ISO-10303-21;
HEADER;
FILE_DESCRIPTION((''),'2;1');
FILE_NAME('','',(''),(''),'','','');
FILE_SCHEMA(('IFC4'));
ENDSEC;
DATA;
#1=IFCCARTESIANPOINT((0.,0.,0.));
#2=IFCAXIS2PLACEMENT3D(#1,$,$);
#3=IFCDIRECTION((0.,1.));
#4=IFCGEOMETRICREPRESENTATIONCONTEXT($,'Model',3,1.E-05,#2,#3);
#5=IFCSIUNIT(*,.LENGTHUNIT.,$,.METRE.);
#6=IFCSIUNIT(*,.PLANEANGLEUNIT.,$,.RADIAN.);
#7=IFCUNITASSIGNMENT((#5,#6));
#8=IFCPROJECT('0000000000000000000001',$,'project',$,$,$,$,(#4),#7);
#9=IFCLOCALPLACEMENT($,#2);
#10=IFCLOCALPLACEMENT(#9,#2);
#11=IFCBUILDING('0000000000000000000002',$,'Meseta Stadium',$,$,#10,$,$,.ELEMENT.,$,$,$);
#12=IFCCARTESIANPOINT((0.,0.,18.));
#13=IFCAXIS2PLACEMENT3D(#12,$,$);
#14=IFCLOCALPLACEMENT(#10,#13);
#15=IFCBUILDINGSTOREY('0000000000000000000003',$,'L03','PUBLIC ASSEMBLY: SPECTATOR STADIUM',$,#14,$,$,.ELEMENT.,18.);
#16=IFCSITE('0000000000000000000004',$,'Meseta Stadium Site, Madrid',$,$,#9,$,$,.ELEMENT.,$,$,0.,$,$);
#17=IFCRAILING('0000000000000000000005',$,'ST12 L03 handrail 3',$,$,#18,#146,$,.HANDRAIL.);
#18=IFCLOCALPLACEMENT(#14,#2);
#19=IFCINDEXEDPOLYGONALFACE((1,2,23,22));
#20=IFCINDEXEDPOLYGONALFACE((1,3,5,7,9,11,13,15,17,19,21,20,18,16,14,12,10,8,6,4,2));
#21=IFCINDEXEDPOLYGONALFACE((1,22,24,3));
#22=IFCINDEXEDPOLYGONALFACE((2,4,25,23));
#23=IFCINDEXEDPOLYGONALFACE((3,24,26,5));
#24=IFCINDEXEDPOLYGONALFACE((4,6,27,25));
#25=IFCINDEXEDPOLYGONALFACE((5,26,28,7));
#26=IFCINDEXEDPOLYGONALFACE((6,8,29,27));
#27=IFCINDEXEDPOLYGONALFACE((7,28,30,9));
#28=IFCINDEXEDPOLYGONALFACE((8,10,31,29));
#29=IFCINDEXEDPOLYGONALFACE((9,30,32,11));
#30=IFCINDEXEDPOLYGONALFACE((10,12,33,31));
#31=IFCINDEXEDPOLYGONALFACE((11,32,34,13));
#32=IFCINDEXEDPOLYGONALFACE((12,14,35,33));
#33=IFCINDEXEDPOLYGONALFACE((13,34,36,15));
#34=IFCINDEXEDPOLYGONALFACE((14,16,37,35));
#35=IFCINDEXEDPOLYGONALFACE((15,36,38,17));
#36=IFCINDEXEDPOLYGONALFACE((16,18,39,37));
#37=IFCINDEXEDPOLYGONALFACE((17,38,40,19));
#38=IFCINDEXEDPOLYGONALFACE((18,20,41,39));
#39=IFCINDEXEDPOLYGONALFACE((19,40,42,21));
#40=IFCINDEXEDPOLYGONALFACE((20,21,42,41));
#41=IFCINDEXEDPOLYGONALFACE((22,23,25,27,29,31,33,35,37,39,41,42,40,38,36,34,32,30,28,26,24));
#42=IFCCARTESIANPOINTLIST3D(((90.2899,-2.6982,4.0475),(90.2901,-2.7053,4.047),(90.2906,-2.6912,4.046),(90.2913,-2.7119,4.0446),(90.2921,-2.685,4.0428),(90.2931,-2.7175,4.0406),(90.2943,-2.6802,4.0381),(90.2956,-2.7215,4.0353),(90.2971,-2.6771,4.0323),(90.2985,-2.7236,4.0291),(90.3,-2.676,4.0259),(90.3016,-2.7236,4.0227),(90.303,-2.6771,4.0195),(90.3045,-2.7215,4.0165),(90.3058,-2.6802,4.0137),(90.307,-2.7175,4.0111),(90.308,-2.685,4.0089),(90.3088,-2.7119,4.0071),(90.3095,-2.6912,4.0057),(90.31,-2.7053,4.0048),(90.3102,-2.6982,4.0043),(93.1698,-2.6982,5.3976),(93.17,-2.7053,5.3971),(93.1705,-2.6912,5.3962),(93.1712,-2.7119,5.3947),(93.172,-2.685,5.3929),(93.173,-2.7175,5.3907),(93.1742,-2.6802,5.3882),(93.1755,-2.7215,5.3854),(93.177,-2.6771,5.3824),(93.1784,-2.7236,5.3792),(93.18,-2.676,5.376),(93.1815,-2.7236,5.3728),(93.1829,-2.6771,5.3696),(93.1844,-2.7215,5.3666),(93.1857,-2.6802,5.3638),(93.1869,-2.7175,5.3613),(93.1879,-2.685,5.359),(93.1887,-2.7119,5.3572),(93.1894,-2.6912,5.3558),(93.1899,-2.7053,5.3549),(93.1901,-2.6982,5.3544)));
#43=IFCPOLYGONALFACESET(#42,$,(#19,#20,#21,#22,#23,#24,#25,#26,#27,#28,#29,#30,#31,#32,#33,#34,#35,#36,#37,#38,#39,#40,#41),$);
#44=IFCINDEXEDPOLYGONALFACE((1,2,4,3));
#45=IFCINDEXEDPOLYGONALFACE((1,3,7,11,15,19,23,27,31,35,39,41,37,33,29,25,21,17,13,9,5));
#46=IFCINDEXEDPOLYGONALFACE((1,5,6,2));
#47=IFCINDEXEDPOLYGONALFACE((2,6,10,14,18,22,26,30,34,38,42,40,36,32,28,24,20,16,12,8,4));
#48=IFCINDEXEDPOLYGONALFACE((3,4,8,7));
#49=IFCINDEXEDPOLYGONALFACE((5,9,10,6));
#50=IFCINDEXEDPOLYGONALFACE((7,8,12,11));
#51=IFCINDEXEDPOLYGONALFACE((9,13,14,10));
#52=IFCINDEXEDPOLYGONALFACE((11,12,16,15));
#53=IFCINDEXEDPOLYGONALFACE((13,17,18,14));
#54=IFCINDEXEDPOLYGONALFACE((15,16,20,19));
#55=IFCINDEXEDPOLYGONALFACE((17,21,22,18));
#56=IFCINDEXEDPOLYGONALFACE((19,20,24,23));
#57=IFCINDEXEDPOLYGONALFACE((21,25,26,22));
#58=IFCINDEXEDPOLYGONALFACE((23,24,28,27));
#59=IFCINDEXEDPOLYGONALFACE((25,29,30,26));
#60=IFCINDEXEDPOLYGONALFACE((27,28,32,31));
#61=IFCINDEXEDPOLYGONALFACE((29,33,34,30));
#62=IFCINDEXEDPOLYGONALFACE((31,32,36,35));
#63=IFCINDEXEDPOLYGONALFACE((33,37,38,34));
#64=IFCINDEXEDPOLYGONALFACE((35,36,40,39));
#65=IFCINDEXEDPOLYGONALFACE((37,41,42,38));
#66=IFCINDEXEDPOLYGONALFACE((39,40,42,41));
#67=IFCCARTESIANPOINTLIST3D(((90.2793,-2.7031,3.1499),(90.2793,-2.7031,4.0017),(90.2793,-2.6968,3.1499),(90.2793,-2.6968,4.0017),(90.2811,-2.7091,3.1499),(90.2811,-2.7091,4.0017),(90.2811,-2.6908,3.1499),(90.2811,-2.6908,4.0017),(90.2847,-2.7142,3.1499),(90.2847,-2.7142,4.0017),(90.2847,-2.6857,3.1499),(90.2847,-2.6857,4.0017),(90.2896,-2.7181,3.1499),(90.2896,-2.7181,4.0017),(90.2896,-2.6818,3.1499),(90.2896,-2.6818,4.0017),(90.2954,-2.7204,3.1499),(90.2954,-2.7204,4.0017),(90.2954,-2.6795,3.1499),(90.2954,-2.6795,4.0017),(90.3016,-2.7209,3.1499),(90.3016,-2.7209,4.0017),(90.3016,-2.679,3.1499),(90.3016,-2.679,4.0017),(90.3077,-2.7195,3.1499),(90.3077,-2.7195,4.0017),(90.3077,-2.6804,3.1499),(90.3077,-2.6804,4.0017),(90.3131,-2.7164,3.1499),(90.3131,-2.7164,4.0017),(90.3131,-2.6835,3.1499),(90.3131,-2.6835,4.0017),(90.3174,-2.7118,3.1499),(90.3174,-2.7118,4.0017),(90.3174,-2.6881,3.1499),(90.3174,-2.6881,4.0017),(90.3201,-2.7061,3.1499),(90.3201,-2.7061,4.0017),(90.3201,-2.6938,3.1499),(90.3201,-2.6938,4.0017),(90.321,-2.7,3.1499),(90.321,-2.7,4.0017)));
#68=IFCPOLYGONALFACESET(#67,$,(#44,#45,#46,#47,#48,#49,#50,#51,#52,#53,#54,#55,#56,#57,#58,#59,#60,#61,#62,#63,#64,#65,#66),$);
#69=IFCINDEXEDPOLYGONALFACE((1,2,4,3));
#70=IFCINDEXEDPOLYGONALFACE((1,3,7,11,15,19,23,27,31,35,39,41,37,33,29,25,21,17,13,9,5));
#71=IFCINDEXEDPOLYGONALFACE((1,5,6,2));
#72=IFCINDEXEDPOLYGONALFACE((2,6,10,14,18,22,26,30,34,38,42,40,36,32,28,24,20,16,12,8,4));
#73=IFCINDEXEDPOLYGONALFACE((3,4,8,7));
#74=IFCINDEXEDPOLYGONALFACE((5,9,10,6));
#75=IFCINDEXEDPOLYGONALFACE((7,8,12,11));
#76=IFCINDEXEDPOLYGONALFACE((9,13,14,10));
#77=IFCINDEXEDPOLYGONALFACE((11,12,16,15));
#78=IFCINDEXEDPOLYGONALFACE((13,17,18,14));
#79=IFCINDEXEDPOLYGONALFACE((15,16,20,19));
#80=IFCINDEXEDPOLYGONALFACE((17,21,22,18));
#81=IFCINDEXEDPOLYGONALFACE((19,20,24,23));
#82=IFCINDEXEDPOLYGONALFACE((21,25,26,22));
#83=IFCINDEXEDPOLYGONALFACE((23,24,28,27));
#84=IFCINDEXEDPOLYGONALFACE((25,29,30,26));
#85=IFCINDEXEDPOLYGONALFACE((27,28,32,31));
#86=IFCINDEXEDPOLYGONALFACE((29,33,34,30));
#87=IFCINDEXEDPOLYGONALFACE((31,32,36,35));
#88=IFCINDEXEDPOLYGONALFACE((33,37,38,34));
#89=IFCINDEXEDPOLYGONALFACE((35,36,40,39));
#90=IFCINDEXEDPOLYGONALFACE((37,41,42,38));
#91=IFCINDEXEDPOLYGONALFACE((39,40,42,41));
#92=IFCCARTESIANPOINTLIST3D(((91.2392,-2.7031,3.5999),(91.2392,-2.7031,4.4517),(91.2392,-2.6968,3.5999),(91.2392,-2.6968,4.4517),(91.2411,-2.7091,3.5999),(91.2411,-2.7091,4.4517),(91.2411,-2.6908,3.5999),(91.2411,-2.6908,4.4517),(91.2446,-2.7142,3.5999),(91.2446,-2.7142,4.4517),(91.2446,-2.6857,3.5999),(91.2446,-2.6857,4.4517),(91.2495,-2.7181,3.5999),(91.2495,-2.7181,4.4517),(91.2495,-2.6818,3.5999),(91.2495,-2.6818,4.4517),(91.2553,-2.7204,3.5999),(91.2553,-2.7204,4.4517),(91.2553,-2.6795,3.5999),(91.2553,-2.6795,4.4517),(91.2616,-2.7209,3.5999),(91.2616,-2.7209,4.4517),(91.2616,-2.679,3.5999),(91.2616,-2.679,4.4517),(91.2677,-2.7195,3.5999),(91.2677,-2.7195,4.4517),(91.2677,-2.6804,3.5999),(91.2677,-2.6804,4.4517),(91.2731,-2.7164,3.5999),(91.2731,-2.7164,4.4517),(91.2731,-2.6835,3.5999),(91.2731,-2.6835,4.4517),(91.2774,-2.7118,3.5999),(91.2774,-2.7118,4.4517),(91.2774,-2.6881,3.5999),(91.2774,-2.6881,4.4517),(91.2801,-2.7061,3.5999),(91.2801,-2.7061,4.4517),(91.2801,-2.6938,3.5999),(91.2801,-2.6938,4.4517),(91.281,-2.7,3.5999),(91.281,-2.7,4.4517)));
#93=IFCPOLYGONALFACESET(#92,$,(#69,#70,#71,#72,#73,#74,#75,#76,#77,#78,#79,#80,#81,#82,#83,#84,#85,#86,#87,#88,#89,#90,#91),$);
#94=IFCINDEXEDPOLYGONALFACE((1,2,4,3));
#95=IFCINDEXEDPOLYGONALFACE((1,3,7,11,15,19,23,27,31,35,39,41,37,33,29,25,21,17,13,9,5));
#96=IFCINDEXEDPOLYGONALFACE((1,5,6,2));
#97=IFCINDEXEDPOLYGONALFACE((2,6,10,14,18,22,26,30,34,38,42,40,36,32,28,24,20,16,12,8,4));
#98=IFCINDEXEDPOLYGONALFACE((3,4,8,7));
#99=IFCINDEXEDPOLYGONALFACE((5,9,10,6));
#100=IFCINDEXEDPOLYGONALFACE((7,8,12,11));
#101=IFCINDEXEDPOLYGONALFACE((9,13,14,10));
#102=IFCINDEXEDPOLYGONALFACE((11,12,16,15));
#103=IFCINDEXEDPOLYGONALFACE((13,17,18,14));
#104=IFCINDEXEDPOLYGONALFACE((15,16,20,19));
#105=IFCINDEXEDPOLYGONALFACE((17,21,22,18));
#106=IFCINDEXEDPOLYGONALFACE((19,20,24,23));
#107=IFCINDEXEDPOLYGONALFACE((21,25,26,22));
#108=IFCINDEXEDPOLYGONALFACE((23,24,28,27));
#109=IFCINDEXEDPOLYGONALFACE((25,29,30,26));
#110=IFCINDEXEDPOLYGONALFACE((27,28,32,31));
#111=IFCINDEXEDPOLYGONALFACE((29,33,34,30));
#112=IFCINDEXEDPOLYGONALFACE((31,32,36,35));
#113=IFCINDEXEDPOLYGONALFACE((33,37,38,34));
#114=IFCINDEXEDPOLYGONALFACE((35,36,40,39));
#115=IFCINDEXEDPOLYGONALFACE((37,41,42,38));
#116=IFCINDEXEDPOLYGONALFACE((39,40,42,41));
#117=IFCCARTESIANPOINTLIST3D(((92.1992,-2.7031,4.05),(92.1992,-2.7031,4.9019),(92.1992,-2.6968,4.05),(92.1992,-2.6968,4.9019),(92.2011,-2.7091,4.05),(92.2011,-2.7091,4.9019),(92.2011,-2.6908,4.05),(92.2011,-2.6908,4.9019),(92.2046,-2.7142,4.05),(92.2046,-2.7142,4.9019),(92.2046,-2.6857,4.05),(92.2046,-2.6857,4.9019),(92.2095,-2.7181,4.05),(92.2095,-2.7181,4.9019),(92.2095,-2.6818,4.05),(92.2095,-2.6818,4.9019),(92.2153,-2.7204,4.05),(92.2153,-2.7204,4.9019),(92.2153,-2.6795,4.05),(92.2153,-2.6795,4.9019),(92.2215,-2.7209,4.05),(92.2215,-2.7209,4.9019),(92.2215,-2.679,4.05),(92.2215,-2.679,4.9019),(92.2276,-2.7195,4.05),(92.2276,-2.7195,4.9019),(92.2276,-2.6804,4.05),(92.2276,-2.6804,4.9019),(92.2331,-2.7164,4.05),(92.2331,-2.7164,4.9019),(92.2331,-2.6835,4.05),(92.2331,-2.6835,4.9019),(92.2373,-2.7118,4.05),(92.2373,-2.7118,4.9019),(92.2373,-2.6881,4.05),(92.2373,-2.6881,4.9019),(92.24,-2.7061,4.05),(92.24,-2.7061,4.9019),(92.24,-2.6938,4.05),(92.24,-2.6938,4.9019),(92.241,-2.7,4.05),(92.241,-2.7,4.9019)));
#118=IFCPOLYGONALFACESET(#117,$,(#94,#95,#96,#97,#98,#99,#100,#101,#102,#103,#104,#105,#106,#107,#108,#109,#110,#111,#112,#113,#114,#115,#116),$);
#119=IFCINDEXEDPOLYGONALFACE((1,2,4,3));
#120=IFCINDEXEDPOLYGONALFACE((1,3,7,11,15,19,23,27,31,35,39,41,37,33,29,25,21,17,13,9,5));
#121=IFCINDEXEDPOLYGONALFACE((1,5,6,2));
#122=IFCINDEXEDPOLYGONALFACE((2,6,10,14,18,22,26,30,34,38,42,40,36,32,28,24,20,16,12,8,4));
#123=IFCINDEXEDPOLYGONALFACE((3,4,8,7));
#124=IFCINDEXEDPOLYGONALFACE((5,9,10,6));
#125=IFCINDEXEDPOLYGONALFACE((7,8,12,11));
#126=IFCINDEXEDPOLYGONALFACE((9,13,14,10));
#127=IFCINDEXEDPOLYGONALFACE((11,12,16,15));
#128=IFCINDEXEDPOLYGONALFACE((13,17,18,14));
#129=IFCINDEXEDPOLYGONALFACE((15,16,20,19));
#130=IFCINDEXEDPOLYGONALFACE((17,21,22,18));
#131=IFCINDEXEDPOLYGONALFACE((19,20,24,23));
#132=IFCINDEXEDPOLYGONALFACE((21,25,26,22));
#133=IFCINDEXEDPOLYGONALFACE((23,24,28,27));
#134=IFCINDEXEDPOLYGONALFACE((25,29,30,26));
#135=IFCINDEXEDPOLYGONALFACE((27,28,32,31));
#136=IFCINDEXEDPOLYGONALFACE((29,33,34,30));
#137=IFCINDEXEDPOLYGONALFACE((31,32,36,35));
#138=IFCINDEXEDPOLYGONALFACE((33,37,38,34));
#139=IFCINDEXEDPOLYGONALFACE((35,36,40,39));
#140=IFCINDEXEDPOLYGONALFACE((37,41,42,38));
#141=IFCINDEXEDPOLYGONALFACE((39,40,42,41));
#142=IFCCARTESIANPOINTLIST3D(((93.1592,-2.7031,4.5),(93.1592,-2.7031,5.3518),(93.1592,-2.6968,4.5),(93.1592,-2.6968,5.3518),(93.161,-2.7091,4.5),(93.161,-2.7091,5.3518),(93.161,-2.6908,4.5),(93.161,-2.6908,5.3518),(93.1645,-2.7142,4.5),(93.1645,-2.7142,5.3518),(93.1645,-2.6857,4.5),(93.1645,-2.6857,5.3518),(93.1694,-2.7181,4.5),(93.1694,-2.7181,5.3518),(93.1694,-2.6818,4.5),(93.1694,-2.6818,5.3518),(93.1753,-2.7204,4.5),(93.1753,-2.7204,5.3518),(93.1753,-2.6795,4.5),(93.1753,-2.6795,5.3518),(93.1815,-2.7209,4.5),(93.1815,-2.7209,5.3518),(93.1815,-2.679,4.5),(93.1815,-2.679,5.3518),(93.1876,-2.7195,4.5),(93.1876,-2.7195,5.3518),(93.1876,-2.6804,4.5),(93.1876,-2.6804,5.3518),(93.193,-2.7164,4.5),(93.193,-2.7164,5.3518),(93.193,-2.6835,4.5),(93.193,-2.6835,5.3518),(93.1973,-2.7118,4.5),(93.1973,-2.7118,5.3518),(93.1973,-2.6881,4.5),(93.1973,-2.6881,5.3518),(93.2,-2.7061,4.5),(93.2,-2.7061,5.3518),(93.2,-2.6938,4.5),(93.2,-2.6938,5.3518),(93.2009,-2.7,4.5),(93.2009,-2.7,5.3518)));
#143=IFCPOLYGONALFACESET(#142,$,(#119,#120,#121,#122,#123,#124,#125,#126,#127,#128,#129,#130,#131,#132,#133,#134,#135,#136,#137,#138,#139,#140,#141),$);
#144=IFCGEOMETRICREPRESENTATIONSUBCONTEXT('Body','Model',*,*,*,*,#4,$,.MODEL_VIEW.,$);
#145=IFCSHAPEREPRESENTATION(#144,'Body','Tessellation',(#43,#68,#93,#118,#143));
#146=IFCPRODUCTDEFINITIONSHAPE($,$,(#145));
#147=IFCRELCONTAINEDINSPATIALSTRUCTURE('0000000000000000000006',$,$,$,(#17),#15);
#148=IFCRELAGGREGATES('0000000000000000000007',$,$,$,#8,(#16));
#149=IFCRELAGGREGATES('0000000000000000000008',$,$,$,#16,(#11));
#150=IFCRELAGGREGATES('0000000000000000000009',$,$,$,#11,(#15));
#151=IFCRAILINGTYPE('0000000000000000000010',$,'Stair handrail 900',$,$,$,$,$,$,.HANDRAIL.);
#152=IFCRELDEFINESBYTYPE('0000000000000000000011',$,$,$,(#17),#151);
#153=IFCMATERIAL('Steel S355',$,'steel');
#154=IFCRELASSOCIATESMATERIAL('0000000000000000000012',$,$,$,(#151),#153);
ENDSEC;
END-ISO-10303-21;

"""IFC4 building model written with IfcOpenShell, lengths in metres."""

from ifc_helpers import new_model, si_unit, direction, frame, origin, origin_2d, place, context, subcontext, project, spatial, circle, extrude, material, type_object, element, save


model = new_model("IFC4")

# Units and contexts
model_context = context("Model", 3, precision=1e-05, world=origin(), true_north=direction((0.0, 1.0)))
body_context = subcontext(model_context, "Body", "Model", "MODEL_VIEW")
ifc_project = project(units=[si_unit("LENGTHUNIT", "METRE"), si_unit("PLANEANGLEUNIT", "RADIAN")], contexts=[model_context])

# Site, building, storey
site_placement = place(None, origin())
site = spatial("IfcSite", under=ifc_project, at=site_placement, Name="Meseta Stadium Site, Madrid", CompositionType="ELEMENT", RefElevation=0.0)
building_placement = place(site_placement, origin())
building = spatial("IfcBuilding", under=site, at=building_placement, Name="Meseta Stadium", CompositionType="ELEMENT")
storey_placement = place(building_placement, frame((0.0, 0.0, 18.0)))
storey = spatial("IfcBuildingStorey", under=building, at=storey_placement, Name="L03", Description="PUBLIC ASSEMBLY: SPECTATOR STADIUM", CompositionType="ELEMENT", Elevation=18.0)

# Railing
ifc_material_1 = material(Name="Steel S355", Category="steel")
railing_type_1 = type_object("IfcRailingType", Name="Stair handrail 900", PredefinedType="HANDRAIL", material=ifc_material_1)
for number, where, name in (
    (1, (90.3, -2.7, 3.1499), "ST12 L03 handrail 3"),
):
    element("IfcRailing", number, at=place(storey_placement, frame(where)), inside=storey, type_object=railing_type_1, Name=name, PredefinedType="HANDRAIL", context=body_context, shape_type="SweptSolid", body=[
        extrude(circle(Radius=0.0239, at=origin_2d()), frame((0.0, 0.0, 0.876), z_axis=(0.90544, 0.0, 0.424473), x_axis=(0.0, 1.0, 0.0)), (0.0, 0.0, 1.0), 3.1807),
        extrude(circle(Radius=0.021, at=origin_2d()), origin(), (0.0, 0.0, 1.0), 0.8518),
        extrude(circle(Radius=0.021, at=origin_2d()), frame((0.96, 0.0, 0.45)), (0.0, 0.0, 1.0), 0.8518),
        extrude(circle(Radius=0.021, at=origin_2d()), frame((1.9199, 0.0, 0.9001)), (0.0, 0.0, 1.0), 0.8518),
        extrude(circle(Radius=0.021, at=origin_2d()), frame((2.8799, 0.0, 1.3501)), (0.0, 0.0, 1.0), 0.8518),
    ])

save(model, "model.ifc")
